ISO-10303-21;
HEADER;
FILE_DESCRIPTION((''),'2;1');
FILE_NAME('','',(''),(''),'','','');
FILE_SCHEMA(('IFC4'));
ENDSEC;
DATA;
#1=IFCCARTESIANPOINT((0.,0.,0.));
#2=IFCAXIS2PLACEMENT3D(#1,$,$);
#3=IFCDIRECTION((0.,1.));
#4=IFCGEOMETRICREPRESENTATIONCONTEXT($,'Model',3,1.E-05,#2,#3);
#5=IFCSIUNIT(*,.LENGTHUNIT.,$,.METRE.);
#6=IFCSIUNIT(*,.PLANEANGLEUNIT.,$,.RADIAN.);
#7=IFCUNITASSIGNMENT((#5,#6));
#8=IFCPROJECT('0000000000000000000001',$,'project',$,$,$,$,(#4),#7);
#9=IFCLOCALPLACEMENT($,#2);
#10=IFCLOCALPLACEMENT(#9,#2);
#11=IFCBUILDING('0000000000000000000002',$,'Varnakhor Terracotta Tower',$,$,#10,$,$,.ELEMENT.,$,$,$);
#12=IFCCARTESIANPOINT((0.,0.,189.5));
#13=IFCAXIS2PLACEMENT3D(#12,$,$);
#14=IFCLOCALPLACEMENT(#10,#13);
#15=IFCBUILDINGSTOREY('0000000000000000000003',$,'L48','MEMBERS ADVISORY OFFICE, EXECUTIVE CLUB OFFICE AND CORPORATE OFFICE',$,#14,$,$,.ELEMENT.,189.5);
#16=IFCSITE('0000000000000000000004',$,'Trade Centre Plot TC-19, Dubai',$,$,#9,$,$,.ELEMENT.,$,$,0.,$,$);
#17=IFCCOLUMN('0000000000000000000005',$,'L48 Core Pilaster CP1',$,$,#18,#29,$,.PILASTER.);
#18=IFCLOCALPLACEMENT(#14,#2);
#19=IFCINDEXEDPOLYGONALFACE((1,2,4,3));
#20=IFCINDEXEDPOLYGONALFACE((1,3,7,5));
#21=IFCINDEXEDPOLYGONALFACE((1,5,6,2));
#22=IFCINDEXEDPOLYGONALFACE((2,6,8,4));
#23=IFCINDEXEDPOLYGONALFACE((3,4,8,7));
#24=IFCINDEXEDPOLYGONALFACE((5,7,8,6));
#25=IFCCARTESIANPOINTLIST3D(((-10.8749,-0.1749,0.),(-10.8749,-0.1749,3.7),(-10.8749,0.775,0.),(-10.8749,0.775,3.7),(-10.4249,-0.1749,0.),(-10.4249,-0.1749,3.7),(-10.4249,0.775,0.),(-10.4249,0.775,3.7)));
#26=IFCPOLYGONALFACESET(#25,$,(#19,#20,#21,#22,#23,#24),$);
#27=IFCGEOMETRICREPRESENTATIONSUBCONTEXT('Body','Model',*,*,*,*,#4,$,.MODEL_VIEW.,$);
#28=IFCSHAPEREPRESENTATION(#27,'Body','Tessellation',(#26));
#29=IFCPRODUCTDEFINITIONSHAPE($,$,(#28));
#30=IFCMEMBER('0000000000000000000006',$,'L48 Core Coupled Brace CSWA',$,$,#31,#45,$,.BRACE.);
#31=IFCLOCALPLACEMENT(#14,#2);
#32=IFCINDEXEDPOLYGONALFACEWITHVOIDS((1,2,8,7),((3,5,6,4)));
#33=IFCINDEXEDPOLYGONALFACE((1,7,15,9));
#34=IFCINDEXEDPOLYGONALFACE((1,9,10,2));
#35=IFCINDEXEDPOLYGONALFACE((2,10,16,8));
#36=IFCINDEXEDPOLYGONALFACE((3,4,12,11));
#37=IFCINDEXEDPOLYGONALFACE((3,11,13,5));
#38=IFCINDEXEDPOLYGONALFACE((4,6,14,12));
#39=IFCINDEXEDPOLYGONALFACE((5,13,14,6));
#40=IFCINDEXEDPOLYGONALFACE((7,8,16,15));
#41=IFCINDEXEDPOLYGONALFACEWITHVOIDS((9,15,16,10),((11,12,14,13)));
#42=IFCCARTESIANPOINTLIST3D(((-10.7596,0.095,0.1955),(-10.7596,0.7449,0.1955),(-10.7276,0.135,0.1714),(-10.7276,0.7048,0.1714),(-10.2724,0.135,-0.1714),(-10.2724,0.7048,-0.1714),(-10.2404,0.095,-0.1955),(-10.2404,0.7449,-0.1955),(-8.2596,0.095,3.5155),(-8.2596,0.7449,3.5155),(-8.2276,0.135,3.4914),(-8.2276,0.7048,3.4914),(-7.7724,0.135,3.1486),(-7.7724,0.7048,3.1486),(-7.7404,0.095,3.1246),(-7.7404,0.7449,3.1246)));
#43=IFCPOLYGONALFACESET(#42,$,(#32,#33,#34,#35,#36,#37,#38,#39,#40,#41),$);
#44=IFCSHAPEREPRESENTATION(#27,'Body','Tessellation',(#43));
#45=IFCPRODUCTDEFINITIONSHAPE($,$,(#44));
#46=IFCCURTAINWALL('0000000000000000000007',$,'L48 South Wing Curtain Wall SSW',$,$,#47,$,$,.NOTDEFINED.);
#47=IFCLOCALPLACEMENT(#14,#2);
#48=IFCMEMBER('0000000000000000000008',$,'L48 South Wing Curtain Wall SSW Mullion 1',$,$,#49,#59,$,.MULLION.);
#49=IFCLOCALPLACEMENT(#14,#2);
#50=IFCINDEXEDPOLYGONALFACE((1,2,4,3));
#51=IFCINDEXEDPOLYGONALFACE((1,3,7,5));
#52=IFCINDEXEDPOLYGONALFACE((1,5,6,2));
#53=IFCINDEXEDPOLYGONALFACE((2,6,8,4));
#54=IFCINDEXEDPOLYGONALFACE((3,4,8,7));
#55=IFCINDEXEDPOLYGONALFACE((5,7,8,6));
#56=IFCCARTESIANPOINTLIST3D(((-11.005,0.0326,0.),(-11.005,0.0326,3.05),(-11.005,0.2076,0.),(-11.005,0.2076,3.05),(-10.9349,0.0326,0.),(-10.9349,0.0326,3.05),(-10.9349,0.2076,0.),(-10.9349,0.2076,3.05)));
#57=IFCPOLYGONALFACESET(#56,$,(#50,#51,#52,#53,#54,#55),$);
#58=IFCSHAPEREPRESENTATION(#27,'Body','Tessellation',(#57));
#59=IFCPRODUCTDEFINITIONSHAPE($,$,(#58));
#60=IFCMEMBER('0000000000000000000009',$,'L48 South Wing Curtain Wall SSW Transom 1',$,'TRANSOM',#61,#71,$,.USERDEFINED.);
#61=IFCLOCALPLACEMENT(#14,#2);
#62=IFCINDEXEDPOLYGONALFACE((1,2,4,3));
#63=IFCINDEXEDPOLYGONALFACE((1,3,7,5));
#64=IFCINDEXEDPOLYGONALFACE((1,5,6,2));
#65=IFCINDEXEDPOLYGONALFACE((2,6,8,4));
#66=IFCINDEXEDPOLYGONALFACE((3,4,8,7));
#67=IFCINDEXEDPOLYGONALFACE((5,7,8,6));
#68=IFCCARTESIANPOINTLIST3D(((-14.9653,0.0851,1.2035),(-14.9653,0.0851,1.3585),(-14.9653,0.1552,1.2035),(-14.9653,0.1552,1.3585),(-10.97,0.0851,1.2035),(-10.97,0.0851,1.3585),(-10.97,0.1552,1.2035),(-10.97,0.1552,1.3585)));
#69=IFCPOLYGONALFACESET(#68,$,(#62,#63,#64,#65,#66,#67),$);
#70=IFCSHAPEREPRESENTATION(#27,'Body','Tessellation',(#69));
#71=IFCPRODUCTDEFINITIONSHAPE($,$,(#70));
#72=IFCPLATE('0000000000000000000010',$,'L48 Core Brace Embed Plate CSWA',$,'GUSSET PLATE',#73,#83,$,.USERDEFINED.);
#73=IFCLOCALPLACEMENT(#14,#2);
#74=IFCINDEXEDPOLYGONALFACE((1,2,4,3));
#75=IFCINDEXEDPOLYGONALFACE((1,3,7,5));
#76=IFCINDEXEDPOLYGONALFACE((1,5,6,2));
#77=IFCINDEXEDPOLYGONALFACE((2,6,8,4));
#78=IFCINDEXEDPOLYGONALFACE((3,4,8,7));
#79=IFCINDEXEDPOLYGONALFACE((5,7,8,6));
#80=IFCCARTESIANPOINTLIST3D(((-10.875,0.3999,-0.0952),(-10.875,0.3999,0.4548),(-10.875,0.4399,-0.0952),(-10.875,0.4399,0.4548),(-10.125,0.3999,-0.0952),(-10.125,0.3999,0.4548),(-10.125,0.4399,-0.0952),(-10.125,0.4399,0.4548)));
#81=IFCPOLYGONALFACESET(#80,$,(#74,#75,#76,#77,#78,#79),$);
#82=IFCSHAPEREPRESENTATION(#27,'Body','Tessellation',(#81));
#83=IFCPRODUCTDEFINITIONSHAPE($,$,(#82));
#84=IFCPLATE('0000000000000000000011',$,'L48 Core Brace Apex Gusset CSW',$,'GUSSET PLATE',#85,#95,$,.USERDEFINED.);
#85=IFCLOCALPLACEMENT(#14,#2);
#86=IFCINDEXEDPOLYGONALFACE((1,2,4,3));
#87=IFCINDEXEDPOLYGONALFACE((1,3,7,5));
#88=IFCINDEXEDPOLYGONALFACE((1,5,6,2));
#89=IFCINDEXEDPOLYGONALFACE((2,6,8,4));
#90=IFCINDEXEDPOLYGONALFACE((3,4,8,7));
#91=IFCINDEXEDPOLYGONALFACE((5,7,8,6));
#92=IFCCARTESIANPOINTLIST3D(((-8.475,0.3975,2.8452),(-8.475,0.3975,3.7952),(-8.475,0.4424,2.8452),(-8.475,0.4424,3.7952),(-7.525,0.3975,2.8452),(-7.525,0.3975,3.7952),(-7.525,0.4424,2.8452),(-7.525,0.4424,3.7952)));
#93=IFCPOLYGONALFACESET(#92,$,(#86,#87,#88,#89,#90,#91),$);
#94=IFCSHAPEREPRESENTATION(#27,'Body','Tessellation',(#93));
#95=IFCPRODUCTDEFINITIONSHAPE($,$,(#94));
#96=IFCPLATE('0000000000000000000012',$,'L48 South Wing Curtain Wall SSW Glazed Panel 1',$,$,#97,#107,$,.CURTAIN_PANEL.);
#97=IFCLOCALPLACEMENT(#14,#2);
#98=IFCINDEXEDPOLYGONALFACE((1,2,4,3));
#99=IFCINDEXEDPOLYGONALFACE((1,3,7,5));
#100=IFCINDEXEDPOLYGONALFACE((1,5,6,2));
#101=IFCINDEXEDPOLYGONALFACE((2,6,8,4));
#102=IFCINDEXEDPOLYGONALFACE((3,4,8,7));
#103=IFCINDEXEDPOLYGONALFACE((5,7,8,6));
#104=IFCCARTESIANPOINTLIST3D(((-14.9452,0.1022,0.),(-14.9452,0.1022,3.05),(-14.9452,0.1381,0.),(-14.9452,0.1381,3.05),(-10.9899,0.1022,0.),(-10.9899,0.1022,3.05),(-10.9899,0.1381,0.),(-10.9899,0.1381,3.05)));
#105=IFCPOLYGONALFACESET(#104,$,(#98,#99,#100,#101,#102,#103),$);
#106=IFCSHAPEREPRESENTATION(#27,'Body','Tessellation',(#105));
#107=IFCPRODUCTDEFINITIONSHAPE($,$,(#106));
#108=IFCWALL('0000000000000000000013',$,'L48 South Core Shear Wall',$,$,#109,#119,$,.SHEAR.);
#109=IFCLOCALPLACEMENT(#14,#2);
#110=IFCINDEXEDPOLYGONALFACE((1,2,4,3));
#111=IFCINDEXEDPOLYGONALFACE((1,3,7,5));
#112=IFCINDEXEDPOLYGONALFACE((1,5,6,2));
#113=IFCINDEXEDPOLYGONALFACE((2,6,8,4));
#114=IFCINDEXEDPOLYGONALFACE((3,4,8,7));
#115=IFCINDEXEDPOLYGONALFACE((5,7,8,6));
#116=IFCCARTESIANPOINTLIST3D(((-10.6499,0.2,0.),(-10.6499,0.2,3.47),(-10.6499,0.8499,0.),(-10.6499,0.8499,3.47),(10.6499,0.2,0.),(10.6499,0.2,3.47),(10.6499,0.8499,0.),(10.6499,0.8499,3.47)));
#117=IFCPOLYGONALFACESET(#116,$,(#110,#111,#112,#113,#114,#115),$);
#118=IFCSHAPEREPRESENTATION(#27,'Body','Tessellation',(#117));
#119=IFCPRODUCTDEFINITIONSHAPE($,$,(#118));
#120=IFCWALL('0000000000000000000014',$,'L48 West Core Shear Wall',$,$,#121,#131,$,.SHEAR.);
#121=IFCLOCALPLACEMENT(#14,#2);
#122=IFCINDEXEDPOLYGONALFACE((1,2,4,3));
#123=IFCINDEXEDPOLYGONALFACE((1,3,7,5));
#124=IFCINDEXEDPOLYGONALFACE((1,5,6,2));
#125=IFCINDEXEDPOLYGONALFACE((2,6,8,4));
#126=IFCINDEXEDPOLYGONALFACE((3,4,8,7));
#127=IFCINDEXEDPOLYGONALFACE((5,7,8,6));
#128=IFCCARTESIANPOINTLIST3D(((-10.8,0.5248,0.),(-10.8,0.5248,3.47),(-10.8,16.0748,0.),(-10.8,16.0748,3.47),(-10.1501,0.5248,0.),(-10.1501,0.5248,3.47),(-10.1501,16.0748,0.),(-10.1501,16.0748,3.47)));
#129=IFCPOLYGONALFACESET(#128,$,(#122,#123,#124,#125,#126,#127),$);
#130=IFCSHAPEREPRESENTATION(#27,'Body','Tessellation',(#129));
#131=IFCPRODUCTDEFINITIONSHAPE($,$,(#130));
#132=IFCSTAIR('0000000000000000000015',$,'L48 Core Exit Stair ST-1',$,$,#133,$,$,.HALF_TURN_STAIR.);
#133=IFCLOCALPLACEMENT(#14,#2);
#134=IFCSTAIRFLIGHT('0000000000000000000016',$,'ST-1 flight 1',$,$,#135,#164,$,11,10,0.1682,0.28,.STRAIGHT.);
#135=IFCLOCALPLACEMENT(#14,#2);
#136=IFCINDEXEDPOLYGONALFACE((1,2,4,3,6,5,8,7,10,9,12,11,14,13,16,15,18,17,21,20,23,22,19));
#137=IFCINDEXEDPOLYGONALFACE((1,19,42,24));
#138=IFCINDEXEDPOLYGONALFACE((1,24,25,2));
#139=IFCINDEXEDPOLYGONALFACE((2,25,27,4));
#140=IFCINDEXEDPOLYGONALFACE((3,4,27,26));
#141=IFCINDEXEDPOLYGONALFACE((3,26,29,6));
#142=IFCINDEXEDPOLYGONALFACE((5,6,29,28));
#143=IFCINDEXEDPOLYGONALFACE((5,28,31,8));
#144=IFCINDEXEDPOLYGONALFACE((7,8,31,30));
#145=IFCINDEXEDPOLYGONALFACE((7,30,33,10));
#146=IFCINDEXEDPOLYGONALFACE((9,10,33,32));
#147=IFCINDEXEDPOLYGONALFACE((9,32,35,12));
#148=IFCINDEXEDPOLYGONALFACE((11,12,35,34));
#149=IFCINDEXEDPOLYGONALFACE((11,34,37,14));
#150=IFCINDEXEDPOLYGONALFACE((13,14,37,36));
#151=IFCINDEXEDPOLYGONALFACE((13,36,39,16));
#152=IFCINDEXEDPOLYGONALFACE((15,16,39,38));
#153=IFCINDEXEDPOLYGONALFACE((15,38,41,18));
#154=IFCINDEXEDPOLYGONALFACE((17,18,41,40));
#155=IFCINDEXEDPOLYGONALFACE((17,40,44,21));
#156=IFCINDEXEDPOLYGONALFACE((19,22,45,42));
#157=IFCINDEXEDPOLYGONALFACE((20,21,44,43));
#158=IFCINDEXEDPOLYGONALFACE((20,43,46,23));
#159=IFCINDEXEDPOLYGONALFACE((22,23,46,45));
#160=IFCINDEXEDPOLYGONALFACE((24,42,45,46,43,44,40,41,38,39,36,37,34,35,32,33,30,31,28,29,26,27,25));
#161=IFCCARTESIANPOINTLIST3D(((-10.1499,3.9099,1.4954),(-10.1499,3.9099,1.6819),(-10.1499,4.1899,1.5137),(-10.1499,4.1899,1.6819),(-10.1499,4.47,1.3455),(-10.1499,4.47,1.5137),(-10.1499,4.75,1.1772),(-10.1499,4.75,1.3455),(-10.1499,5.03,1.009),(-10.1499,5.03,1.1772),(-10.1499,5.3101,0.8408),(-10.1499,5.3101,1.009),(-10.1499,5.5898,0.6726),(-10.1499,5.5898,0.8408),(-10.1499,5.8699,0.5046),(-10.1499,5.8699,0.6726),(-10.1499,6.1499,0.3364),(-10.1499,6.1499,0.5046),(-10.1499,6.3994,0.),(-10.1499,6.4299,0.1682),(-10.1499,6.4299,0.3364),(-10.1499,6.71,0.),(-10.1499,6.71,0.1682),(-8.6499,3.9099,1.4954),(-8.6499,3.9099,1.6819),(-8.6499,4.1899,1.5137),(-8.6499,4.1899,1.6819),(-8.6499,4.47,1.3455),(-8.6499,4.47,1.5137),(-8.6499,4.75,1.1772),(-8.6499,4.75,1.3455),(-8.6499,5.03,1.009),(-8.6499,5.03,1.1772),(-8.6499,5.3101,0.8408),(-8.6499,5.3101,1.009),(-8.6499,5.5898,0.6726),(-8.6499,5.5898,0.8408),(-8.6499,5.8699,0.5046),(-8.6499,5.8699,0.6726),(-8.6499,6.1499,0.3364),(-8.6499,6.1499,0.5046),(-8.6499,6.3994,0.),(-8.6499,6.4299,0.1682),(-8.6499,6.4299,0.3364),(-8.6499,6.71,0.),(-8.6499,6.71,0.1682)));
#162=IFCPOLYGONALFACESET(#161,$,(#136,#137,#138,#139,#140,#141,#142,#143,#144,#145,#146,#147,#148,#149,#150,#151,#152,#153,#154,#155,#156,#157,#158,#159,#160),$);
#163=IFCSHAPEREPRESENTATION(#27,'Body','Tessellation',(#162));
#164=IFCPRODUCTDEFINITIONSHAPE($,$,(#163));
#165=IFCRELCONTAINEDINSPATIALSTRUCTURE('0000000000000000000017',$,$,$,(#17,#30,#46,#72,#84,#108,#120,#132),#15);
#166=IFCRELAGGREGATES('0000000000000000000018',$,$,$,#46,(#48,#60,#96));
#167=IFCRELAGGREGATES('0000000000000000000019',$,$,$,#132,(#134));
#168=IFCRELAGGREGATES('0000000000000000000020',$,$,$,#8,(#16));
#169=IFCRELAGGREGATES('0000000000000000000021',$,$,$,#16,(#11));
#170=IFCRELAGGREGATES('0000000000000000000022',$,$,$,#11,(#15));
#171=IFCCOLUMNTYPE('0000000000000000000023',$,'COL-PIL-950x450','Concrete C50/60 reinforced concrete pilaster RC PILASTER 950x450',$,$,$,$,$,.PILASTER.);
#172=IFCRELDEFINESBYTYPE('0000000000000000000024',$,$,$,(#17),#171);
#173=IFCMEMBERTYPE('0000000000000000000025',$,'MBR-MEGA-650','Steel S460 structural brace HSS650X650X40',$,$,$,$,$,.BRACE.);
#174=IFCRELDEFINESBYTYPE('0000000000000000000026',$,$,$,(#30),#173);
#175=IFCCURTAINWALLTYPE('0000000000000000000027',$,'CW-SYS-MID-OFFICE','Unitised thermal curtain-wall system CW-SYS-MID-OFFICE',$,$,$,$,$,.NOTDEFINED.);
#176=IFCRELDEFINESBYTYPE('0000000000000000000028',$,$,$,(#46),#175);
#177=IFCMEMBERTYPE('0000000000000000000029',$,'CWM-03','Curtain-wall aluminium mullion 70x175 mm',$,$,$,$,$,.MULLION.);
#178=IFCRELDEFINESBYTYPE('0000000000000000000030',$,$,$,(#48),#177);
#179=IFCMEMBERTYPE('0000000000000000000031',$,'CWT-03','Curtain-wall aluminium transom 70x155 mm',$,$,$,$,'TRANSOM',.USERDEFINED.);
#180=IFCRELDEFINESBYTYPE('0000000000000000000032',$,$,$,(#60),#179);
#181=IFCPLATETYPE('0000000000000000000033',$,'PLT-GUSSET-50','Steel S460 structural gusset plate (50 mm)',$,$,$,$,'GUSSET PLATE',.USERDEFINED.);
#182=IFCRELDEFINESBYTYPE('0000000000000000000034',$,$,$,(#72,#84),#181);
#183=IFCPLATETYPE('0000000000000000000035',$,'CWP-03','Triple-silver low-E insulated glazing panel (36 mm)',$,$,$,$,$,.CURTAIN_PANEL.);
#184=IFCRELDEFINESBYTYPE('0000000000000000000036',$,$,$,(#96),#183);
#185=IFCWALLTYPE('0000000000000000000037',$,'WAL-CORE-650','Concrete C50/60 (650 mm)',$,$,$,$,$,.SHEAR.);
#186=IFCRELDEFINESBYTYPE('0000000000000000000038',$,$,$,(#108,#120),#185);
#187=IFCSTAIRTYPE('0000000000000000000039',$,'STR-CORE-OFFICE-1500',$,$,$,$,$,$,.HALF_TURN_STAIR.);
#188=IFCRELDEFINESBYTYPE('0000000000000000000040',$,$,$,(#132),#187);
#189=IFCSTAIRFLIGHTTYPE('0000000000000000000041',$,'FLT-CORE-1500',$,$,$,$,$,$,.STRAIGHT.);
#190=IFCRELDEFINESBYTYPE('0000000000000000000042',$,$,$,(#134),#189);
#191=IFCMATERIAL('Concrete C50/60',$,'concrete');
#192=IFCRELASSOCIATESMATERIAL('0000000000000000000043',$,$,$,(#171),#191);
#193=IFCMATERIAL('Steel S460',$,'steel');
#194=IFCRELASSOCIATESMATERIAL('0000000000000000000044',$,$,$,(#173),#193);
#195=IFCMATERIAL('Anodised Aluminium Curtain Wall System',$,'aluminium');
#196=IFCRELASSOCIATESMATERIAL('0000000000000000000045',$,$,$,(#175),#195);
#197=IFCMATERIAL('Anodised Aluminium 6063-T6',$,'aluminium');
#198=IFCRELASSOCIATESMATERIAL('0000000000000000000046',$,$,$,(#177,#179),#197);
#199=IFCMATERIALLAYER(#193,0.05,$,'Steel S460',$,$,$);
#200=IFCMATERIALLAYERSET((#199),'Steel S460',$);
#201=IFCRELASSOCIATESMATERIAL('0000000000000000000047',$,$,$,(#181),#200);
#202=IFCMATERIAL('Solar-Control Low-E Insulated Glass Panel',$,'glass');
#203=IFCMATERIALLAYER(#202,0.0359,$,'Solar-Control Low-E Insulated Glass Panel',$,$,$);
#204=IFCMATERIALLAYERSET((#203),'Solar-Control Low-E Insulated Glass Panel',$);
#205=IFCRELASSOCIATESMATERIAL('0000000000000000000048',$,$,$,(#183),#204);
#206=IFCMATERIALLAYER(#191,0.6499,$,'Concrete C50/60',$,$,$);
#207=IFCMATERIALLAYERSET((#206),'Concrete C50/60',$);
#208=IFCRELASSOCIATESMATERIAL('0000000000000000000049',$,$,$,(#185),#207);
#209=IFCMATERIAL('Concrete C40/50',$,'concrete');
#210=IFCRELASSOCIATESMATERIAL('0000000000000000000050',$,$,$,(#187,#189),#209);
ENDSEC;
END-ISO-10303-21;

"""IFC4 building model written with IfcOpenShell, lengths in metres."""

from ifc_helpers import new_model, si_unit, direction, frame, frame_2d, origin, origin_2d, place, context, subcontext, project, spatial, polyline, rectangle, hollow_rectangle, outline, extrude, source, transform, mapped, material, layer, layer_set, material_profile, profile_set, type_object, type_shapes, element, aggregate, save


model = new_model("IFC4")

# Units and contexts
model_context = context("Model", 3, precision=1e-05, world=origin(), true_north=direction((0.0, 1.0)))
body_context = subcontext(model_context, "Body", "Model", "MODEL_VIEW")
ifc_project = project(units=[si_unit("LENGTHUNIT", "METRE"), si_unit("PLANEANGLEUNIT", "RADIAN")], contexts=[model_context])

# Site, building, storey
site_placement = place(None, origin())
site = spatial("IfcSite", under=ifc_project, at=site_placement, Name="Trade Centre Plot TC-19, Dubai", CompositionType="ELEMENT", RefElevation=0.0)
building_placement = place(site_placement, origin())
building = spatial("IfcBuilding", under=site, at=building_placement, Name="Varnakhor Terracotta Tower", CompositionType="ELEMENT")
storey_placement = place(building_placement, frame((0.0, 0.0, 189.5)))
storey = spatial("IfcBuildingStorey", under=building, at=storey_placement, Name="L48", Description="MEMBERS ADVISORY OFFICE, EXECUTIVE CLUB OFFICE AND CORPORATE OFFICE", CompositionType="ELEMENT", Elevation=189.5)

# Column
ifc_material_1 = material(Name="Concrete C50/60", Category="concrete")
ifc_material_profile_1 = material_profile(ifc_material_1, rectangle(XDim=0.45, YDim=0.95, at=origin_2d()), Name="RC PILASTER 950x450")
ifc_profile_set_1 = profile_set([ifc_material_profile_1], Name="Concrete C50/60")
column_type = type_object("IfcColumnType", Name="COL-PIL-950x450", Description="Concrete C50/60 reinforced concrete pilaster RC PILASTER 950x450", PredefinedType="PILASTER", material=ifc_profile_set_1)
shared_shape_1 = source(origin(), body_context, "Body", "SweptSolid", [
    extrude(rectangle(XDim=0.45, YDim=0.95, at=origin_2d()), origin(), (0.0, 0.0, 1.0), 3.7),
])
column_placement = place(storey_placement, frame((-10.6499, 0.3, 0.0), z_axis=(0.0, 0.0, 1.0), x_axis=(1.0, 0.0, 0.0)))
element("IfcColumn", 1, at=column_placement, inside=storey, type_object=column_type, Name="L48 Core Pilaster CP1", PredefinedType="PILASTER", context=body_context, shape_type="MappedRepresentation", body=[
    mapped(shared_shape_1, transform((0.0, 0.0, 0.0), scale=1.0)),
])

# Member
ifc_material_2 = material(Name="Steel S460", Category="steel")
ifc_material_profile_2 = material_profile(ifc_material_2, hollow_rectangle(XDim=0.6499, YDim=0.6499, WallThickness=0.04, at=origin_2d()), Name="HSS650X650X40")
ifc_profile_set_2 = profile_set([ifc_material_profile_2], Name="Steel S460")
member_type_1 = type_object("IfcMemberType", Name="MBR-MEGA-650", Description="Steel S460 structural brace HSS650X650X40", PredefinedType="BRACE", material=ifc_profile_set_2)
shared_shape_2 = source(origin(), body_context, "Body", "SweptSolid", [
    extrude(hollow_rectangle(XDim=0.6499, YDim=0.6499, WallThickness=0.04, at=origin_2d()), origin(), (0.0, 0.0, 1.0), 4.156),
])
member_1_placement = place(storey_placement, frame((-10.5, 0.4199, 0.0), z_axis=(0.601531, 0.0, 0.79885), x_axis=(0.0, 1.0, 0.0)))
element("IfcMember", 2, at=member_1_placement, inside=storey, type_object=member_type_1, Name="L48 Core Coupled Brace CSWA", PredefinedType="BRACE", context=body_context, shape_type="MappedRepresentation", body=[
    mapped(shared_shape_2, transform((0.0, 0.0, 0.0), scale=1.0)),
])

# Curtain wall, members
ifc_material_3 = material(Name="Anodised Aluminium Curtain Wall System", Category="aluminium")
curtain_wall_type = type_object("IfcCurtainWallType", Name="CW-SYS-MID-OFFICE", Description="Unitised thermal curtain-wall system CW-SYS-MID-OFFICE", PredefinedType="NOTDEFINED", material=ifc_material_3)
curtain_wall_placement = place(storey_placement, origin())
curtain_wall = element("IfcCurtainWall", 3, at=curtain_wall_placement, inside=storey, type_object=curtain_wall_type, Name="L48 South Wing Curtain Wall SSW", PredefinedType="NOTDEFINED")
ifc_material_4 = material(Name="Anodised Aluminium 6063-T6", Category="aluminium")
ifc_material_profile_3 = material_profile(ifc_material_4, rectangle(XDim=0.0701, YDim=0.175, at=origin_2d()), Name="ALU MULLION 70x175")
ifc_profile_set_3 = profile_set([ifc_material_profile_3], Name="Anodised Aluminium 6063-T6")
member_type_2 = type_object("IfcMemberType", Name="CWM-03", Description="Curtain-wall aluminium mullion 70x175 mm", PredefinedType="MULLION", material=ifc_profile_set_3)
shared_shape_3 = source(origin(), body_context, "Body", "SweptSolid", [
    extrude(rectangle(XDim=0.0701, YDim=0.175, at=origin_2d()), origin(), (0.0, 0.0, 1.0), 3.05),
])
member_2_placement = place(storey_placement, frame((-10.97, 0.1201, 0.0), z_axis=(0.0, 0.0, 1.0), x_axis=(1.0, 0.0, 0.0)))
member_2 = element("IfcMember", 4, at=member_2_placement, type_object=member_type_2, Name="L48 South Wing Curtain Wall SSW Mullion 1", PredefinedType="MULLION", context=body_context, shape_type="MappedRepresentation", body=[
    mapped(shared_shape_3, transform((0.0, 0.0, 0.0), scale=1.0)),
])
ifc_material_profile_4 = material_profile(ifc_material_4, rectangle(XDim=0.0701, YDim=0.155, at=origin_2d()), Name="ALU TRANSOM 70x155")
ifc_profile_set_4 = profile_set([ifc_material_profile_4], Name="Anodised Aluminium 6063-T6")
member_type_3 = type_object("IfcMemberType", Name="CWT-03", Description="Curtain-wall aluminium transom 70x155 mm", ElementType="TRANSOM", PredefinedType="USERDEFINED", material=ifc_profile_set_4)
shared_shape_4 = source(origin(), body_context, "Body", "SweptSolid", [
    extrude(rectangle(XDim=0.0701, YDim=0.155, at=origin_2d()), origin(), (0.0, 0.0, 1.0), 3.9954),
])
member_3_placement = place(storey_placement, frame((-10.97, 0.1201, 1.281), z_axis=(-1.0, 0.0, 0.0), x_axis=(0.0, -1.0, 0.0)))
member_3 = element("IfcMember", 5, at=member_3_placement, type_object=member_type_3, Name="L48 South Wing Curtain Wall SSW Transom 1", ObjectType="TRANSOM", PredefinedType="USERDEFINED", context=body_context, shape_type="MappedRepresentation", body=[
    mapped(shared_shape_4, transform((0.0, 0.0, 0.0), scale=1.0)),
])

# Plates
ifc_layer_1 = layer(ifc_material_2, 0.05, Name="Steel S460")
ifc_layer_set_1 = layer_set([ifc_layer_1], Name="Steel S460")
plate_type_1 = type_object("IfcPlateType", Name="PLT-GUSSET-50", Description="Steel S460 structural gusset plate (50 mm)", ElementType="GUSSET PLATE", PredefinedType="USERDEFINED", material=ifc_layer_set_1)
shared_shape_5 = source(origin(), body_context, "Body", "SweptSolid", [
    extrude(rectangle(XDim=0.75, YDim=0.04, at=origin_2d()), origin(), (0.0, 0.0, 1.0), 0.55),
])
type_shapes(plate_type_1, [shared_shape_5])
plate_1_placement = place(storey_placement, frame((-10.5, 0.4199, -0.0952), z_axis=(0.0, 0.0, 1.0), x_axis=(1.0, 0.0, 0.0)))
element("IfcPlate", 6, at=plate_1_placement, inside=storey, type_object=plate_type_1, Name="L48 Core Brace Embed Plate CSWA", ObjectType="GUSSET PLATE", PredefinedType="USERDEFINED", context=body_context, shape_type="MappedRepresentation", body=[
    mapped(shared_shape_5, transform((0.0, 0.0, 0.0), scale=1.0)),
])
shared_shape_6 = source(origin(), body_context, "Body", "SweptSolid", [
    extrude(rectangle(XDim=0.95, YDim=0.0449, at=origin_2d()), origin(), (0.0, 0.0, 1.0), 0.95),
])
plate_2_placement = place(storey_placement, frame((-8.0, 0.4199, 2.8452), z_axis=(0.0, 0.0, 1.0), x_axis=(1.0, 0.0, 0.0)))
element("IfcPlate", 7, at=plate_2_placement, inside=storey, type_object=plate_type_1, Name="L48 Core Brace Apex Gusset CSW", ObjectType="GUSSET PLATE", PredefinedType="USERDEFINED", context=body_context, shape_type="MappedRepresentation", body=[
    mapped(shared_shape_6, transform((0.0, 0.0, 0.0), scale=1.0)),
])

# Plate
ifc_material_5 = material(Name="Solar-Control Low-E Insulated Glass Panel", Category="glass")
ifc_layer_2 = layer(ifc_material_5, 0.0359, Name="Solar-Control Low-E Insulated Glass Panel")
ifc_layer_set_2 = layer_set([ifc_layer_2], Name="Solar-Control Low-E Insulated Glass Panel")
plate_type_2 = type_object("IfcPlateType", Name="CWP-03", Description="Triple-silver low-E insulated glazing panel (36 mm)", PredefinedType="CURTAIN_PANEL", material=ifc_layer_set_2)
shared_shape_7 = source(origin(), body_context, "Body", "SweptSolid", [
    extrude(rectangle(XDim=3.9553, YDim=0.0359, at=origin_2d()), origin(), (0.0, 0.0, 1.0), 3.05),
])
plate_3_placement = place(storey_placement, frame((-12.9675, 0.1201, 0.0), z_axis=(0.0, 0.0, 1.0), x_axis=(-1.0, 0.0, 0.0)))
plate_3 = element("IfcPlate", 8, at=plate_3_placement, type_object=plate_type_2, Name="L48 South Wing Curtain Wall SSW Glazed Panel 1", PredefinedType="CURTAIN_PANEL", context=body_context, shape_type="MappedRepresentation", body=[
    mapped(shared_shape_7, transform((0.0, 0.0, 0.0), scale=1.0)),
])
aggregate(curtain_wall, [member_2, member_3, plate_3])

# Walls
ifc_layer_3 = layer(ifc_material_1, 0.6499, Name="Concrete C50/60")
ifc_layer_set_3 = layer_set([ifc_layer_3], Name="Concrete C50/60")
wall_type = type_object("IfcWallType", Name="WAL-CORE-650", Description="Concrete C50/60 (650 mm)", PredefinedType="SHEAR", material=ifc_layer_set_3)
wall_1_placement = place(storey_placement, frame((-10.6499, 0.5249, 0.0), z_axis=(0.0, 0.0, 1.0), x_axis=(1.0, 0.0, 0.0)))
element("IfcWall", 9, at=wall_1_placement, inside=storey, type_object=wall_type, Name="L48 South Core Shear Wall", PredefinedType="SHEAR", context=body_context, shape_type="SweptSolid", body=[
    extrude(rectangle(XDim=21.2998, YDim=0.6499, at=frame_2d((10.6499, 0.0))), origin(), (0.0, 0.0, 1.0), 3.47),
])
wall_2_placement = place(storey_placement, frame((-10.4751, 0.5249, 0.0), z_axis=(0.0, 0.0, 1.0), x_axis=(0.0, 1.0, 0.0)))
element("IfcWall", 10, at=wall_2_placement, inside=storey, type_object=wall_type, Name="L48 West Core Shear Wall", PredefinedType="SHEAR", context=body_context, shape_type="SweptSolid", body=[
    extrude(rectangle(XDim=15.55, YDim=0.6499, at=frame_2d((7.7749, 0.0))), origin(), (0.0, 0.0, 1.0), 3.47),
])

# Stair, stair flight
ifc_material_6 = material(Name="Concrete C40/50", Category="concrete")
stair_type = type_object("IfcStairType", Name="STR-CORE-OFFICE-1500", PredefinedType="HALF_TURN_STAIR", material=ifc_material_6)
stair_placement = place(storey_placement, origin())
stair = element("IfcStair", 11, at=stair_placement, inside=storey, type_object=stair_type, Name="L48 Core Exit Stair ST-1", PredefinedType="HALF_TURN_STAIR")
stair_flight_type = type_object("IfcStairFlightType", Name="FLT-CORE-1500", PredefinedType="STRAIGHT", material=ifc_material_6)
stair_flight_1_placement = place(storey_placement, frame((-9.3999, 6.71, 0.0), z_axis=(0.0, 0.0, 1.0), x_axis=(0.0, -1.0, 0.0)))
stair_flight_1 = element("IfcStairFlight", 12, at=stair_flight_1_placement, type_object=stair_flight_type, Name="ST-1 flight 1", NumberOfRisers=11, NumberOfTreads=10, PredefinedType="STRAIGHT", RiserHeight=0.1682, TreadLength=0.28, context=body_context, shape_type="SweptSolid", body=[
    extrude(outline(polyline([(0.0, 0.0), (0.0, 0.1682), (0.28, 0.1682), (0.28, 0.3364), (0.5601, 0.3364), (0.5601, 0.5046), (0.8401, 0.5046), (0.8401, 0.6726), (1.1201, 0.6726), (1.1201, 0.8408), (1.3999, 0.8408), (1.3999, 1.009), (1.6799, 1.009), (1.6799, 1.1772), (1.96, 1.1772), (1.96, 1.3455), (2.24, 1.3455), (2.24, 1.5137), (2.52, 1.5137), (2.52, 1.6819), (2.8, 1.6819), (2.8, 1.8501), (2.8, 1.4954), (0.3105, 0.0), (0.0, 0.0)])), frame((0.0, 0.75, 0.0), z_axis=(0.0, -1.0, 0.0), x_axis=(1.0, 0.0, 0.0)), (0.0, 0.0, 1.0), 1.5),
])
aggregate(stair, [stair_flight_1])

save(model, "model.ifc")
